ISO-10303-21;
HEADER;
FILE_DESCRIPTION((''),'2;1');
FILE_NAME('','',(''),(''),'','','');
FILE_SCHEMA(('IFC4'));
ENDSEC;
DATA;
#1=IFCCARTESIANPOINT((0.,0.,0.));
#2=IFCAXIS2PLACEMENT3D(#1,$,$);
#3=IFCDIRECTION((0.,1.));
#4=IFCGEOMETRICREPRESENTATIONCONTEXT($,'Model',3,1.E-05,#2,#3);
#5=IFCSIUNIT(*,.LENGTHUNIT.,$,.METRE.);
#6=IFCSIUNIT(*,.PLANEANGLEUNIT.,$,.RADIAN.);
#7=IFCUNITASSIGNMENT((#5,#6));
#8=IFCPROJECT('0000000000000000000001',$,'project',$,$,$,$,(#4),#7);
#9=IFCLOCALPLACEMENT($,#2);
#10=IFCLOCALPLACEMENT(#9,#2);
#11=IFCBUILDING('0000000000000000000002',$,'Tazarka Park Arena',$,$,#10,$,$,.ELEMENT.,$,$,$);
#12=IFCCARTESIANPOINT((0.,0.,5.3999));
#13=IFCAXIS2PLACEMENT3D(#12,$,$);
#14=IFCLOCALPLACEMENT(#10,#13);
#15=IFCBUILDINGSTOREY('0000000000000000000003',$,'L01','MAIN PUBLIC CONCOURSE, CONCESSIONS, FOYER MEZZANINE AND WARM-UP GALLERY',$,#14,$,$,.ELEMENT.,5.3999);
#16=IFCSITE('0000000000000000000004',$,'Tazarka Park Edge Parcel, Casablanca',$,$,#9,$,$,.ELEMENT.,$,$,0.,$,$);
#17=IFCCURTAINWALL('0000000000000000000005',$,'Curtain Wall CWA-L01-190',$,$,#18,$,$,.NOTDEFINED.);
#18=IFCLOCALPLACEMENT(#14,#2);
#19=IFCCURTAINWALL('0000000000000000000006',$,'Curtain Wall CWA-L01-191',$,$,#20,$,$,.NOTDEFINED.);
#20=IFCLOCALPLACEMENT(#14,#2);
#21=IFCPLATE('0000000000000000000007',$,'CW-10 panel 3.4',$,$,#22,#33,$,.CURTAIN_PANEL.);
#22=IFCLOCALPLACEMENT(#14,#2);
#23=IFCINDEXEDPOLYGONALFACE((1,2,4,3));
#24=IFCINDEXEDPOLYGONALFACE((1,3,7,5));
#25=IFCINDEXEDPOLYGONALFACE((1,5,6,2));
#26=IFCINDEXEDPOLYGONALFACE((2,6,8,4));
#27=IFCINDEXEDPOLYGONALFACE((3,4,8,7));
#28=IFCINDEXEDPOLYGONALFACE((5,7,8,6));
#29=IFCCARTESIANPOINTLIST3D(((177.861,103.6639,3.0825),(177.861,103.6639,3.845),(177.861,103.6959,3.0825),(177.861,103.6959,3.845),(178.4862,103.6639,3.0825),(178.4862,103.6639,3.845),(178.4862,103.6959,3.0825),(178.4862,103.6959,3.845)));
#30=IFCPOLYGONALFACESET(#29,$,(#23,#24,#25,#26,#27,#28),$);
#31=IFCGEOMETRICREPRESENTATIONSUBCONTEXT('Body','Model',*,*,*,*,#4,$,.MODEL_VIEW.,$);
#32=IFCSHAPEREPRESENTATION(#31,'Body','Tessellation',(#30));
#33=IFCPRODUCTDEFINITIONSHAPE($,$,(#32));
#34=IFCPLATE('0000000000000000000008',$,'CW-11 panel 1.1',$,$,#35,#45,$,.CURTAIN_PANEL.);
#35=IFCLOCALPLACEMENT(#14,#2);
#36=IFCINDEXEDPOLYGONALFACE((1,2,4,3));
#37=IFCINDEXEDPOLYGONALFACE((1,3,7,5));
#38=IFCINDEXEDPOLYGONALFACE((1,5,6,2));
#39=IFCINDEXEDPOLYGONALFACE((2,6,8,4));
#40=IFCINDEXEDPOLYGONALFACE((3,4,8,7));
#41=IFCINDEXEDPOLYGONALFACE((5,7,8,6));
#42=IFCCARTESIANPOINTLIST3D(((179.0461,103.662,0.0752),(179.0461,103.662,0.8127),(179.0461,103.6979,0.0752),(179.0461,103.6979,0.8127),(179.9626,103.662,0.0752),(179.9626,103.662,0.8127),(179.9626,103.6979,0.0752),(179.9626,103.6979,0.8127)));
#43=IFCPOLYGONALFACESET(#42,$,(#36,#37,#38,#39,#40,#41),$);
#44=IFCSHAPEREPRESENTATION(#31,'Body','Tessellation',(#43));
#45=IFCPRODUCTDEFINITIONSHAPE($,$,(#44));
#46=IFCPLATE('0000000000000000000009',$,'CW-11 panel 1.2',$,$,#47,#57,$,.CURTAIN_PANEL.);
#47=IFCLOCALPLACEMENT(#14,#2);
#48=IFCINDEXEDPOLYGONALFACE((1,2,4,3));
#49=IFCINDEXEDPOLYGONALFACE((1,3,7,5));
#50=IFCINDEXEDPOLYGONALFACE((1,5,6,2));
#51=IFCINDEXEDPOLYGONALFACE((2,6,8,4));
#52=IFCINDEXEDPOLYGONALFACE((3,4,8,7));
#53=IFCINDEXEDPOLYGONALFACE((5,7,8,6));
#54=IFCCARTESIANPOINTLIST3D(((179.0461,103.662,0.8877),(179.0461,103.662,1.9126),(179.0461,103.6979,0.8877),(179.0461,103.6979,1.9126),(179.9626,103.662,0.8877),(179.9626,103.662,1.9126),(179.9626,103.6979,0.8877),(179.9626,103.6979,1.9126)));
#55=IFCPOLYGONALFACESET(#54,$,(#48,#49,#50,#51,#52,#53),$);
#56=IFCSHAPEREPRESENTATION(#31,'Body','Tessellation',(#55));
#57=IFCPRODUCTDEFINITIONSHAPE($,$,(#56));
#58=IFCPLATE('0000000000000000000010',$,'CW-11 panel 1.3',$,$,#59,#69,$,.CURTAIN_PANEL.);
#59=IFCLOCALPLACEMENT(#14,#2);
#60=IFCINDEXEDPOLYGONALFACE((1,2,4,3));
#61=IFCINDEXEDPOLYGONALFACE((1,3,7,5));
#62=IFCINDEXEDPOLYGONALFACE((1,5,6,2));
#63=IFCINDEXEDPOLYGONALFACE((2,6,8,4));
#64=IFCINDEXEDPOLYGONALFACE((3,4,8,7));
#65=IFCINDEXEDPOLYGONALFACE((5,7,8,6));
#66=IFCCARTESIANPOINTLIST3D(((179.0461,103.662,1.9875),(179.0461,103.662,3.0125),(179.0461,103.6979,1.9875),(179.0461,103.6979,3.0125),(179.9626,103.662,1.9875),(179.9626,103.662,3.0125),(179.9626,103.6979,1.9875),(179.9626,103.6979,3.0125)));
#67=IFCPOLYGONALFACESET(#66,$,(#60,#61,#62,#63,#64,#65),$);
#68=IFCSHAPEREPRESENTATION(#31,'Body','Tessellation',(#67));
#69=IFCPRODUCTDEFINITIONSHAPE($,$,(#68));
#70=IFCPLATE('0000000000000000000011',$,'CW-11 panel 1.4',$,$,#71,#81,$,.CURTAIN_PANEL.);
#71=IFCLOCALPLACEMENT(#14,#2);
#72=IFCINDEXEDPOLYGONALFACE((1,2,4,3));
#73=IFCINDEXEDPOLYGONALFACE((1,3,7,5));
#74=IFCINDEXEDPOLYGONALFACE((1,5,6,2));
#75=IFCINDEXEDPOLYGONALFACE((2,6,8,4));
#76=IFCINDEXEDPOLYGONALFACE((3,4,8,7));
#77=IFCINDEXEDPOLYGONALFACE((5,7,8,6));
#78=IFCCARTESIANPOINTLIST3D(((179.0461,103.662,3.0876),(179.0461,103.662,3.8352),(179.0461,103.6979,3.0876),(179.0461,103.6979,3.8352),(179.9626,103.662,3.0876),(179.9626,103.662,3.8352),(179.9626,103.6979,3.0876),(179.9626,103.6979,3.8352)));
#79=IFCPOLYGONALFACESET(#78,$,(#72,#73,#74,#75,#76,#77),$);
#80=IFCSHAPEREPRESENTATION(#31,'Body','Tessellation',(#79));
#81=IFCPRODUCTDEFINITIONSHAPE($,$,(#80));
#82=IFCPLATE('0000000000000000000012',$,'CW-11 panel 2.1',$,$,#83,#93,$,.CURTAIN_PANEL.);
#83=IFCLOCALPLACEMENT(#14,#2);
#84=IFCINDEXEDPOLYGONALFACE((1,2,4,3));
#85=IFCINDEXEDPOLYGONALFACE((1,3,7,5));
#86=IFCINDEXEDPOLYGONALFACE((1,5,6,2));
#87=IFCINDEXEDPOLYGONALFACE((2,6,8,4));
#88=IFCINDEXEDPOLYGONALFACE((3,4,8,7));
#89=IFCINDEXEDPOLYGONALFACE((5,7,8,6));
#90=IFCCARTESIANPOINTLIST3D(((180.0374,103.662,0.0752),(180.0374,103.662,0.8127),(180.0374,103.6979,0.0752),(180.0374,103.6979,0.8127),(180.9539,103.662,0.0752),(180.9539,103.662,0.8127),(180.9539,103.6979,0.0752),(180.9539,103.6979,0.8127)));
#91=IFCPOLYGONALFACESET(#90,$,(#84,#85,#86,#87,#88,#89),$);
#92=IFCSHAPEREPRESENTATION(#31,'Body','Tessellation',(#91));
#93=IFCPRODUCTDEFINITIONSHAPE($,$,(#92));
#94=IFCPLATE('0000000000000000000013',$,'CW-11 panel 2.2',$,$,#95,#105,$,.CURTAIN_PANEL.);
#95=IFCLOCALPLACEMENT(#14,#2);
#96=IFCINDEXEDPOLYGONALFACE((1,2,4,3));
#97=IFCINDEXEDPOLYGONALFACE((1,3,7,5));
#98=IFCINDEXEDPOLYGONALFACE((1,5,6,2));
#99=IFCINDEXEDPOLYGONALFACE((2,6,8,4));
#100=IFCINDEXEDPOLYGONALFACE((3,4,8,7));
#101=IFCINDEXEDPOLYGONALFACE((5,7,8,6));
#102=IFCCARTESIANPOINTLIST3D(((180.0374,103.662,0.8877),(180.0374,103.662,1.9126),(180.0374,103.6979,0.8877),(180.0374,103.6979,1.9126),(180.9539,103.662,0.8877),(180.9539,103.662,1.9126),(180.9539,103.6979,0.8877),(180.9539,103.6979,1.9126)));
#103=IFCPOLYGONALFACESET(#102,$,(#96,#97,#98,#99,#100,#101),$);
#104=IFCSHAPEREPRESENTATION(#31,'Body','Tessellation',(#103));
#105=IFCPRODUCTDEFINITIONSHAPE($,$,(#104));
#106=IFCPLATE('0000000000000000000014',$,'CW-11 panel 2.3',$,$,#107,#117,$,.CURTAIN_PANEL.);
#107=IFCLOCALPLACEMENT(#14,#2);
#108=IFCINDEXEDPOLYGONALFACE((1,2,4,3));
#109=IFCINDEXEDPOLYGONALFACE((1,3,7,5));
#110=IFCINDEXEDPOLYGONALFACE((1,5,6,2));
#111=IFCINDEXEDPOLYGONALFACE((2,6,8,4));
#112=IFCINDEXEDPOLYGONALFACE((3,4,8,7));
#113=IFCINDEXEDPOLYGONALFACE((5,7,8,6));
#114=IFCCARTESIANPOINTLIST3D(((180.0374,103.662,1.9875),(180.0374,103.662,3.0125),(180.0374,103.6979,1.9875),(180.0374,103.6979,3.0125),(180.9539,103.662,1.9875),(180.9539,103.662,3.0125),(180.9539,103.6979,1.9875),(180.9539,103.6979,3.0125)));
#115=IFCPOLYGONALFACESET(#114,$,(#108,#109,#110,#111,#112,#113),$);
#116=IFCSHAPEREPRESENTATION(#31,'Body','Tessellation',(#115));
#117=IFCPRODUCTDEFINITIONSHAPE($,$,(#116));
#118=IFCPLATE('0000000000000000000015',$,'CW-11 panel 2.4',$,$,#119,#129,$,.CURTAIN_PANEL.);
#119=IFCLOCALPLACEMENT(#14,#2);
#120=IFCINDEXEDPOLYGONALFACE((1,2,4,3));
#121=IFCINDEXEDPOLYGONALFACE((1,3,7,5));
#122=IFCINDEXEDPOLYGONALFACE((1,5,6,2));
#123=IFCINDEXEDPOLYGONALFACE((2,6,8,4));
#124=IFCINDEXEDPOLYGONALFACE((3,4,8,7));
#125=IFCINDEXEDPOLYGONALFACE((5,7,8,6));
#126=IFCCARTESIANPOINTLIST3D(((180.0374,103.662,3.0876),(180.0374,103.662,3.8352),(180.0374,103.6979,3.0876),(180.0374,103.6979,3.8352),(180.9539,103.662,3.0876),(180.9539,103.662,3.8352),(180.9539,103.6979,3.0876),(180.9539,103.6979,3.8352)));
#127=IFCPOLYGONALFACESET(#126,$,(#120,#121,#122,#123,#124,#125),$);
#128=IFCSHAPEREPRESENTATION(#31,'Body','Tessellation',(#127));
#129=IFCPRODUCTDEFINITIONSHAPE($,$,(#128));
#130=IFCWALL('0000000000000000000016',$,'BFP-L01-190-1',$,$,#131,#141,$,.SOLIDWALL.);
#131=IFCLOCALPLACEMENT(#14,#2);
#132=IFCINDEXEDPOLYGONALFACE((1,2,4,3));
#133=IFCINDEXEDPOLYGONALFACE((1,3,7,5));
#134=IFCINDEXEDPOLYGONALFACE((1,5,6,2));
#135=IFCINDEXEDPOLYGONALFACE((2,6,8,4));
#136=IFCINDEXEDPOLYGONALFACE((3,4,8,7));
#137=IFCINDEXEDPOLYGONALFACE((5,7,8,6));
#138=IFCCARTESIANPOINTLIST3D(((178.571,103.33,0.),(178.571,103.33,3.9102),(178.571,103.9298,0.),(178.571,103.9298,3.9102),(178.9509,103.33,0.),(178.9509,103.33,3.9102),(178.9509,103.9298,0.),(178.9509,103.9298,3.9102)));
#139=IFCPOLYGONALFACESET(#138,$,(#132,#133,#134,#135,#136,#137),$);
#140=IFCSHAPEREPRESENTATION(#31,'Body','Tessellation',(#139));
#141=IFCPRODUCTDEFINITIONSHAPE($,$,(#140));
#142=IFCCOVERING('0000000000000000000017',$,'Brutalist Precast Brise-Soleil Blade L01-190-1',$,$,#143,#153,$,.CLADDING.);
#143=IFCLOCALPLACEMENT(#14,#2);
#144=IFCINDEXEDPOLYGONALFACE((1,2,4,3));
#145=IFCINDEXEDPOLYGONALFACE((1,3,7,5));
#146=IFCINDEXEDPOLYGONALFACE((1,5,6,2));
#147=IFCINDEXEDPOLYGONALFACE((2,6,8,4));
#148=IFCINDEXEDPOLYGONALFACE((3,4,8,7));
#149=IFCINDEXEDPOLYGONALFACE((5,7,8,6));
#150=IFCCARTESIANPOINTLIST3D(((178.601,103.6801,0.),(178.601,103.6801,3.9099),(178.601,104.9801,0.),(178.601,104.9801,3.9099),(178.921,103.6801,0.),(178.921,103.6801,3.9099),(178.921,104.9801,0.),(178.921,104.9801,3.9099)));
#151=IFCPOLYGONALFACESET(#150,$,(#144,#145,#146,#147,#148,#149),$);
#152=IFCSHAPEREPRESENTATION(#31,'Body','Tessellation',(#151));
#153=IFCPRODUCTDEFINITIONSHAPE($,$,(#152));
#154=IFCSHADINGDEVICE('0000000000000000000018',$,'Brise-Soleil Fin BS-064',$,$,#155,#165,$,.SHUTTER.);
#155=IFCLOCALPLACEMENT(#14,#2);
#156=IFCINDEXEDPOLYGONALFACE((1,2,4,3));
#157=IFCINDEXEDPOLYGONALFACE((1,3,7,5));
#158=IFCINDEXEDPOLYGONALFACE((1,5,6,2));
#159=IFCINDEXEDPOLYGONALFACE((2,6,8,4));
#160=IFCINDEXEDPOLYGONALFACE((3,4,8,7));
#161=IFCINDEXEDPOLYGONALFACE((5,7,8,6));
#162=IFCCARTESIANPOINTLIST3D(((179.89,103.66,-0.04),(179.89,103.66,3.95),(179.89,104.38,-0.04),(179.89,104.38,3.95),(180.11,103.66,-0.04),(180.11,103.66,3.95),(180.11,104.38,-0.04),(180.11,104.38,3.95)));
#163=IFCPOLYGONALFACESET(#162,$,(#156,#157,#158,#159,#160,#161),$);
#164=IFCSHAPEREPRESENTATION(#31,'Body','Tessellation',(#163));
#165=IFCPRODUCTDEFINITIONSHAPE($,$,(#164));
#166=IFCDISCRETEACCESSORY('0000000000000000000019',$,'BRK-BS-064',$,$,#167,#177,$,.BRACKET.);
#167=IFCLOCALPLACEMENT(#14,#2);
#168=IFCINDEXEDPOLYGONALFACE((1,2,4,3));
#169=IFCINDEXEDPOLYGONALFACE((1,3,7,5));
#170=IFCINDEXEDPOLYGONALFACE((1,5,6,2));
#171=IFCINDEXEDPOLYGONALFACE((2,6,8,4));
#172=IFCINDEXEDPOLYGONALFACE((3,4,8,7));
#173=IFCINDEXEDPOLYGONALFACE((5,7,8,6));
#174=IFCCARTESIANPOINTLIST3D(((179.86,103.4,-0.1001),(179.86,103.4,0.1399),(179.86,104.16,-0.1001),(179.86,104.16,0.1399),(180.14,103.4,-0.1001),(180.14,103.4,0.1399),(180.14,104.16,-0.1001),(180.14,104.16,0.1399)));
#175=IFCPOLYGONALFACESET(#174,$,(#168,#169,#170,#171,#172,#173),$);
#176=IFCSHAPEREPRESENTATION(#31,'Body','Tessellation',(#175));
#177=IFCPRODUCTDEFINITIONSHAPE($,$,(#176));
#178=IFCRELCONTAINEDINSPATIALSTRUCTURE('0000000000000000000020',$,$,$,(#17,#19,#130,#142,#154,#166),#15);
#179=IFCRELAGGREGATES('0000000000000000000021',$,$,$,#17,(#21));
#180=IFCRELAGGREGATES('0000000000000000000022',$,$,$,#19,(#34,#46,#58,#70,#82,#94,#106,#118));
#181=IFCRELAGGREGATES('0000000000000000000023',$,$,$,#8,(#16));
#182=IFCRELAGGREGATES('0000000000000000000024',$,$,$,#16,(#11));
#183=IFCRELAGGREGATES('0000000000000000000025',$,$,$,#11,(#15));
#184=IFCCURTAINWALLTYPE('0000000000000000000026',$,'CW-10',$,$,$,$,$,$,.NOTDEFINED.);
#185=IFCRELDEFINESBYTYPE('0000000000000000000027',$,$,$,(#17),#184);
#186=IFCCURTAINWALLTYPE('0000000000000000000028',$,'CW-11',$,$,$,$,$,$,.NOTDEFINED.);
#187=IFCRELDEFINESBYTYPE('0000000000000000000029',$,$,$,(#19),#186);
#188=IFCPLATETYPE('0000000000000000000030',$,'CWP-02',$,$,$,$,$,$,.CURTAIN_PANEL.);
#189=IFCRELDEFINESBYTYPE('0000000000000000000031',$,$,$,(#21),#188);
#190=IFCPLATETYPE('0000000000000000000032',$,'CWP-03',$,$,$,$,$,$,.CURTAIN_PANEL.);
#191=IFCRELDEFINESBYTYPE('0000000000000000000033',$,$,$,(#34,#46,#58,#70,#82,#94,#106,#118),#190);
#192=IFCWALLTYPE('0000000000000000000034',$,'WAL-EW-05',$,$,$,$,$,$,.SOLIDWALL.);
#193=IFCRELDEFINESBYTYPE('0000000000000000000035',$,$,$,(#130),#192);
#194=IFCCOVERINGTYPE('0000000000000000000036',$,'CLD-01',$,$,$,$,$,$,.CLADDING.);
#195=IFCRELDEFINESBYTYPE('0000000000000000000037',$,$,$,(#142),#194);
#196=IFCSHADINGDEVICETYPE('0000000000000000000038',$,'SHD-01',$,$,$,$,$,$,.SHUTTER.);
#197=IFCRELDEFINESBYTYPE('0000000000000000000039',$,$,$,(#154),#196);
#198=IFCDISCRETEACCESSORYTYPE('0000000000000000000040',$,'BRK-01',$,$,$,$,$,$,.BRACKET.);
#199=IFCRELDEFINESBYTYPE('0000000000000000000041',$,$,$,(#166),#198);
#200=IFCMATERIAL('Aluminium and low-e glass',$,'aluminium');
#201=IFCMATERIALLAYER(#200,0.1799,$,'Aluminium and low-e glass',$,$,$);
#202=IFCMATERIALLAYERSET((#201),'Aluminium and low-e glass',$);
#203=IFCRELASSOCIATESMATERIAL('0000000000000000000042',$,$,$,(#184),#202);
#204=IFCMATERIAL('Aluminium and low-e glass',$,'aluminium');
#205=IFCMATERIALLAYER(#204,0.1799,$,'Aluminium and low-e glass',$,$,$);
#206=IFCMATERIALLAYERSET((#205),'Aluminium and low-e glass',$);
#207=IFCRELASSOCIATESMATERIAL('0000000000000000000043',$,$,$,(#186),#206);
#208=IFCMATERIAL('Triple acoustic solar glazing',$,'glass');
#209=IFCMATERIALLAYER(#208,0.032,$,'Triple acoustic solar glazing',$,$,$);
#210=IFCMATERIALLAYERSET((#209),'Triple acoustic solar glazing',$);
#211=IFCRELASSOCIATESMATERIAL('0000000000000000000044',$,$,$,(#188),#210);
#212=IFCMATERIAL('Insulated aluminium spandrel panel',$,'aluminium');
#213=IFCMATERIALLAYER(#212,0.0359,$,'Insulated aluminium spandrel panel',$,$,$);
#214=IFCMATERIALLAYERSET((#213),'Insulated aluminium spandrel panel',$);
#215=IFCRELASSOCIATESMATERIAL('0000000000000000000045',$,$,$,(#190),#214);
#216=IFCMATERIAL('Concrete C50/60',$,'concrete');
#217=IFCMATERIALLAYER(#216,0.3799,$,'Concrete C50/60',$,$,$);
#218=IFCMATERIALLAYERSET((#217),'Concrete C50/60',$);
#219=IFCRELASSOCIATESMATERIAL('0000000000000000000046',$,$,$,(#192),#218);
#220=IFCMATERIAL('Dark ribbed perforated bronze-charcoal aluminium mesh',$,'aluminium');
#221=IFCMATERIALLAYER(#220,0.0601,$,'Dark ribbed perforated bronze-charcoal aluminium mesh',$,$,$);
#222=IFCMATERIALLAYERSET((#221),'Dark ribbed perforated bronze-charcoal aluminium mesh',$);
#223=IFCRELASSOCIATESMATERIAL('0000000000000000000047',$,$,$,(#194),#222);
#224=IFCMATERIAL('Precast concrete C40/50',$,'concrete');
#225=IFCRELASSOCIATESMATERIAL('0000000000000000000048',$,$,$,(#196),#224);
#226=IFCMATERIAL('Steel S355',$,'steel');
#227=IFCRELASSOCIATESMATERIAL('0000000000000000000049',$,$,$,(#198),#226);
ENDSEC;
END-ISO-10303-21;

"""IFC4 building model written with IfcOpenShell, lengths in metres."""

from ifc_helpers import new_model, si_unit, direction, frame, frame_2d, origin, origin_2d, place, context, subcontext, project, spatial, rectangle, extrude, material, layer, layer_set, type_object, element, aggregate, save


model = new_model("IFC4")

# Units and contexts
model_context = context("Model", 3, precision=1e-05, world=origin(), true_north=direction((0.0, 1.0)))
body_context = subcontext(model_context, "Body", "Model", "MODEL_VIEW")
ifc_project = project(units=[si_unit("LENGTHUNIT", "METRE"), si_unit("PLANEANGLEUNIT", "RADIAN")], contexts=[model_context])

# Site, building, storey
site_placement = place(None, origin())
site = spatial("IfcSite", under=ifc_project, at=site_placement, Name="Tazarka Park Edge Parcel, Casablanca", CompositionType="ELEMENT", RefElevation=0.0)
building_placement = place(site_placement, origin())
building = spatial("IfcBuilding", under=site, at=building_placement, Name="Tazarka Park Arena", CompositionType="ELEMENT")
storey_placement = place(building_placement, frame((0.0, 0.0, 5.3999)))
storey = spatial("IfcBuildingStorey", under=building, at=storey_placement, Name="L01", Description="MAIN PUBLIC CONCOURSE, CONCESSIONS, FOYER MEZZANINE AND WARM-UP GALLERY", CompositionType="ELEMENT", Elevation=5.3999)

# Curtain wall
ifc_material_1 = material(Name="Aluminium and low-e glass", Category="aluminium")
ifc_layer_1 = layer(ifc_material_1, 0.1799, Name="Aluminium and low-e glass")
ifc_layer_set_1 = layer_set([ifc_layer_1], Name="Aluminium and low-e glass")
curtain_wall_type_1 = type_object("IfcCurtainWallType", Name="CW-10", PredefinedType="NOTDEFINED", material=ifc_layer_set_1)
curtain_wall_1_placement = place(storey_placement, origin())
curtain_wall_1 = element("IfcCurtainWall", 1, at=curtain_wall_1_placement, inside=storey, type_object=curtain_wall_type_1, Name="Curtain Wall CWA-L01-190", PredefinedType="NOTDEFINED")

# Curtain wall
ifc_material_2 = material(Name="Aluminium and low-e glass", Category="aluminium")
ifc_layer_2 = layer(ifc_material_2, 0.1799, Name="Aluminium and low-e glass")
ifc_layer_set_2 = layer_set([ifc_layer_2], Name="Aluminium and low-e glass")
curtain_wall_type_2 = type_object("IfcCurtainWallType", Name="CW-11", PredefinedType="NOTDEFINED", material=ifc_layer_set_2)
curtain_wall_2_placement = place(storey_placement, origin())
curtain_wall_2 = element("IfcCurtainWall", 2, at=curtain_wall_2_placement, inside=storey, type_object=curtain_wall_type_2, Name="Curtain Wall CWA-L01-191", PredefinedType="NOTDEFINED")

# Plates
ifc_material_3 = material(Name="Triple acoustic solar glazing", Category="glass")
ifc_layer_3 = layer(ifc_material_3, 0.032, Name="Triple acoustic solar glazing")
ifc_layer_set_3 = layer_set([ifc_layer_3], Name="Triple acoustic solar glazing")
plate_type_1 = type_object("IfcPlateType", Name="CWP-02", PredefinedType="CURTAIN_PANEL", material=ifc_layer_set_3)
plate_1_placement = place(storey_placement, frame((178.1736, 103.6799, 3.0825), z_axis=(0.0, 0.0, 1.0), x_axis=(1.0, 0.0, 0.0)))
plate_1 = element("IfcPlate", 3, at=plate_1_placement, type_object=plate_type_1, Name="CW-10 panel 3.4", PredefinedType="CURTAIN_PANEL", context=body_context, shape_type="SweptSolid", body=[
    extrude(rectangle(XDim=0.6252, YDim=0.032, at=origin_2d()), origin(), (0.0, 0.0, 1.0), 0.7625),
])
aggregate(curtain_wall_1, [plate_1])
ifc_material_4 = material(Name="Insulated aluminium spandrel panel", Category="aluminium")
ifc_layer_4 = layer(ifc_material_4, 0.0359, Name="Insulated aluminium spandrel panel")
ifc_layer_set_4 = layer_set([ifc_layer_4], Name="Insulated aluminium spandrel panel")
plate_type_2 = type_object("IfcPlateType", Name="CWP-03", PredefinedType="CURTAIN_PANEL", material=ifc_layer_set_4)
plate_2_placement = place(storey_placement, frame((179.5044, 103.6799, 0.0752), z_axis=(0.0, 0.0, 1.0), x_axis=(1.0, 0.0, 0.0)))
plate_2 = element("IfcPlate", 4, at=plate_2_placement, type_object=plate_type_2, Name="CW-11 panel 1.1", PredefinedType="CURTAIN_PANEL", context=body_context, shape_type="SweptSolid", body=[
    extrude(rectangle(XDim=0.9165, YDim=0.0359, at=origin_2d()), origin(), (0.0, 0.0, 1.0), 0.7375),
])
plate_3_placement = place(storey_placement, frame((179.5044, 103.6799, 0.8877), z_axis=(0.0, 0.0, 1.0), x_axis=(1.0, 0.0, 0.0)))
plate_3 = element("IfcPlate", 5, at=plate_3_placement, type_object=plate_type_2, Name="CW-11 panel 1.2", PredefinedType="CURTAIN_PANEL", context=body_context, shape_type="SweptSolid", body=[
    extrude(rectangle(XDim=0.9165, YDim=0.0359, at=origin_2d()), origin(), (0.0, 0.0, 1.0), 1.0249),
])
plate_4_placement = place(storey_placement, frame((179.5044, 103.6799, 1.9875), z_axis=(0.0, 0.0, 1.0), x_axis=(1.0, 0.0, 0.0)))
plate_4 = element("IfcPlate", 6, at=plate_4_placement, type_object=plate_type_2, Name="CW-11 panel 1.3", PredefinedType="CURTAIN_PANEL", context=body_context, shape_type="SweptSolid", body=[
    extrude(rectangle(XDim=0.9165, YDim=0.0359, at=origin_2d()), origin(), (0.0, 0.0, 1.0), 1.0249),
])
plate_5_placement = place(storey_placement, frame((179.5044, 103.6799, 3.0876), z_axis=(0.0, 0.0, 1.0), x_axis=(1.0, 0.0, 0.0)))
plate_5 = element("IfcPlate", 7, at=plate_5_placement, type_object=plate_type_2, Name="CW-11 panel 1.4", PredefinedType="CURTAIN_PANEL", context=body_context, shape_type="SweptSolid", body=[
    extrude(rectangle(XDim=0.9165, YDim=0.0359, at=origin_2d()), origin(), (0.0, 0.0, 1.0), 0.7476),
])
plate_6_placement = place(storey_placement, frame((180.4956, 103.6799, 0.0752), z_axis=(0.0, 0.0, 1.0), x_axis=(1.0, 0.0, 0.0)))
plate_6 = element("IfcPlate", 8, at=plate_6_placement, type_object=plate_type_2, Name="CW-11 panel 2.1", PredefinedType="CURTAIN_PANEL", context=body_context, shape_type="SweptSolid", body=[
    extrude(rectangle(XDim=0.9165, YDim=0.0359, at=origin_2d()), origin(), (0.0, 0.0, 1.0), 0.7375),
])
plate_7_placement = place(storey_placement, frame((180.4956, 103.6799, 0.8877), z_axis=(0.0, 0.0, 1.0), x_axis=(1.0, 0.0, 0.0)))
plate_7 = element("IfcPlate", 9, at=plate_7_placement, type_object=plate_type_2, Name="CW-11 panel 2.2", PredefinedType="CURTAIN_PANEL", context=body_context, shape_type="SweptSolid", body=[
    extrude(rectangle(XDim=0.9165, YDim=0.0359, at=origin_2d()), origin(), (0.0, 0.0, 1.0), 1.0249),
])
plate_8_placement = place(storey_placement, frame((180.4956, 103.6799, 1.9875), z_axis=(0.0, 0.0, 1.0), x_axis=(1.0, 0.0, 0.0)))
plate_8 = element("IfcPlate", 10, at=plate_8_placement, type_object=plate_type_2, Name="CW-11 panel 2.3", PredefinedType="CURTAIN_PANEL", context=body_context, shape_type="SweptSolid", body=[
    extrude(rectangle(XDim=0.9165, YDim=0.0359, at=origin_2d()), origin(), (0.0, 0.0, 1.0), 1.0249),
])
plate_9_placement = place(storey_placement, frame((180.4956, 103.6799, 3.0876), z_axis=(0.0, 0.0, 1.0), x_axis=(1.0, 0.0, 0.0)))
plate_9 = element("IfcPlate", 11, at=plate_9_placement, type_object=plate_type_2, Name="CW-11 panel 2.4", PredefinedType="CURTAIN_PANEL", context=body_context, shape_type="SweptSolid", body=[
    extrude(rectangle(XDim=0.9165, YDim=0.0359, at=origin_2d()), origin(), (0.0, 0.0, 1.0), 0.7476),
])
aggregate(curtain_wall_2, [plate_2, plate_3, plate_4, plate_5, plate_6, plate_7, plate_8, plate_9])

# Wall
ifc_material_5 = material(Name="Concrete C50/60", Category="concrete")
ifc_layer_5 = layer(ifc_material_5, 0.3799, Name="Concrete C50/60")
ifc_layer_set_5 = layer_set([ifc_layer_5], Name="Concrete C50/60")
wall_type = type_object("IfcWallType", Name="WAL-EW-05", PredefinedType="SOLIDWALL", material=ifc_layer_set_5)
wall_placement = place(storey_placement, frame((178.761, 103.3301, 0.0), z_axis=(0.0, 0.0, 1.0), x_axis=(0.0, 1.0, 0.0)))
element("IfcWall", 12, at=wall_placement, inside=storey, type_object=wall_type, Name="BFP-L01-190-1", PredefinedType="SOLIDWALL", context=body_context, shape_type="SweptSolid", body=[
    extrude(rectangle(XDim=0.5999, YDim=0.3799, at=frame_2d((0.2998, 0.0))), origin(), (0.0, 0.0, 1.0), 3.9102),
])

# Covering
ifc_material_6 = material(Name="Dark ribbed perforated bronze-charcoal aluminium mesh", Category="aluminium")
ifc_layer_6 = layer(ifc_material_6, 0.0601, Name="Dark ribbed perforated bronze-charcoal aluminium mesh")
ifc_layer_set_6 = layer_set([ifc_layer_6], Name="Dark ribbed perforated bronze-charcoal aluminium mesh")
covering_type = type_object("IfcCoveringType", Name="CLD-01", PredefinedType="CLADDING", material=ifc_layer_set_6)
covering_placement = place(storey_placement, frame((178.761, 104.3301, 0.0), z_axis=(0.0, 0.0, 1.0), x_axis=(1.0, 0.0, 0.0)))
element("IfcCovering", 13, at=covering_placement, inside=storey, type_object=covering_type, Name="Brutalist Precast Brise-Soleil Blade L01-190-1", PredefinedType="CLADDING", context=body_context, shape_type="SweptSolid", body=[
    extrude(rectangle(XDim=0.3201, YDim=1.3, at=origin_2d()), origin(), (0.0, 0.0, 1.0), 3.9099),
])

# Shading device
ifc_material_7 = material(Name="Precast concrete C40/50", Category="concrete")
shading_device_type = type_object("IfcShadingDeviceType", Name="SHD-01", PredefinedType="SHUTTER", material=ifc_material_7)
shading_device_placement = place(storey_placement, frame((180.0, 104.02, -0.04), z_axis=(0.0, 0.0, 1.0), x_axis=(1.0, 0.0, 0.0)))
element("IfcShadingDevice", 14, at=shading_device_placement, inside=storey, type_object=shading_device_type, Name="Brise-Soleil Fin BS-064", PredefinedType="SHUTTER", context=body_context, shape_type="SweptSolid", body=[
    extrude(rectangle(XDim=0.22, YDim=0.72, at=origin_2d()), origin(), (0.0, 0.0, 1.0), 3.99),
])

# Discrete accessory
ifc_material_8 = material(Name="Steel S355", Category="steel")
discrete_accessory_type = type_object("IfcDiscreteAccessoryType", Name="BRK-01", PredefinedType="BRACKET", material=ifc_material_8)
discrete_accessory_placement = place(storey_placement, frame((180.0, 103.78, -0.1001), z_axis=(0.0, 0.0, 1.0), x_axis=(1.0, 0.0, 0.0)))
element("IfcDiscreteAccessory", 15, at=discrete_accessory_placement, inside=storey, type_object=discrete_accessory_type, Name="BRK-BS-064", PredefinedType="BRACKET", context=body_context, shape_type="SweptSolid", body=[
    extrude(rectangle(XDim=0.28, YDim=0.76, at=origin_2d()), origin(), (0.0, 0.0, 1.0), 0.24),
])

save(model, "model.ifc")
